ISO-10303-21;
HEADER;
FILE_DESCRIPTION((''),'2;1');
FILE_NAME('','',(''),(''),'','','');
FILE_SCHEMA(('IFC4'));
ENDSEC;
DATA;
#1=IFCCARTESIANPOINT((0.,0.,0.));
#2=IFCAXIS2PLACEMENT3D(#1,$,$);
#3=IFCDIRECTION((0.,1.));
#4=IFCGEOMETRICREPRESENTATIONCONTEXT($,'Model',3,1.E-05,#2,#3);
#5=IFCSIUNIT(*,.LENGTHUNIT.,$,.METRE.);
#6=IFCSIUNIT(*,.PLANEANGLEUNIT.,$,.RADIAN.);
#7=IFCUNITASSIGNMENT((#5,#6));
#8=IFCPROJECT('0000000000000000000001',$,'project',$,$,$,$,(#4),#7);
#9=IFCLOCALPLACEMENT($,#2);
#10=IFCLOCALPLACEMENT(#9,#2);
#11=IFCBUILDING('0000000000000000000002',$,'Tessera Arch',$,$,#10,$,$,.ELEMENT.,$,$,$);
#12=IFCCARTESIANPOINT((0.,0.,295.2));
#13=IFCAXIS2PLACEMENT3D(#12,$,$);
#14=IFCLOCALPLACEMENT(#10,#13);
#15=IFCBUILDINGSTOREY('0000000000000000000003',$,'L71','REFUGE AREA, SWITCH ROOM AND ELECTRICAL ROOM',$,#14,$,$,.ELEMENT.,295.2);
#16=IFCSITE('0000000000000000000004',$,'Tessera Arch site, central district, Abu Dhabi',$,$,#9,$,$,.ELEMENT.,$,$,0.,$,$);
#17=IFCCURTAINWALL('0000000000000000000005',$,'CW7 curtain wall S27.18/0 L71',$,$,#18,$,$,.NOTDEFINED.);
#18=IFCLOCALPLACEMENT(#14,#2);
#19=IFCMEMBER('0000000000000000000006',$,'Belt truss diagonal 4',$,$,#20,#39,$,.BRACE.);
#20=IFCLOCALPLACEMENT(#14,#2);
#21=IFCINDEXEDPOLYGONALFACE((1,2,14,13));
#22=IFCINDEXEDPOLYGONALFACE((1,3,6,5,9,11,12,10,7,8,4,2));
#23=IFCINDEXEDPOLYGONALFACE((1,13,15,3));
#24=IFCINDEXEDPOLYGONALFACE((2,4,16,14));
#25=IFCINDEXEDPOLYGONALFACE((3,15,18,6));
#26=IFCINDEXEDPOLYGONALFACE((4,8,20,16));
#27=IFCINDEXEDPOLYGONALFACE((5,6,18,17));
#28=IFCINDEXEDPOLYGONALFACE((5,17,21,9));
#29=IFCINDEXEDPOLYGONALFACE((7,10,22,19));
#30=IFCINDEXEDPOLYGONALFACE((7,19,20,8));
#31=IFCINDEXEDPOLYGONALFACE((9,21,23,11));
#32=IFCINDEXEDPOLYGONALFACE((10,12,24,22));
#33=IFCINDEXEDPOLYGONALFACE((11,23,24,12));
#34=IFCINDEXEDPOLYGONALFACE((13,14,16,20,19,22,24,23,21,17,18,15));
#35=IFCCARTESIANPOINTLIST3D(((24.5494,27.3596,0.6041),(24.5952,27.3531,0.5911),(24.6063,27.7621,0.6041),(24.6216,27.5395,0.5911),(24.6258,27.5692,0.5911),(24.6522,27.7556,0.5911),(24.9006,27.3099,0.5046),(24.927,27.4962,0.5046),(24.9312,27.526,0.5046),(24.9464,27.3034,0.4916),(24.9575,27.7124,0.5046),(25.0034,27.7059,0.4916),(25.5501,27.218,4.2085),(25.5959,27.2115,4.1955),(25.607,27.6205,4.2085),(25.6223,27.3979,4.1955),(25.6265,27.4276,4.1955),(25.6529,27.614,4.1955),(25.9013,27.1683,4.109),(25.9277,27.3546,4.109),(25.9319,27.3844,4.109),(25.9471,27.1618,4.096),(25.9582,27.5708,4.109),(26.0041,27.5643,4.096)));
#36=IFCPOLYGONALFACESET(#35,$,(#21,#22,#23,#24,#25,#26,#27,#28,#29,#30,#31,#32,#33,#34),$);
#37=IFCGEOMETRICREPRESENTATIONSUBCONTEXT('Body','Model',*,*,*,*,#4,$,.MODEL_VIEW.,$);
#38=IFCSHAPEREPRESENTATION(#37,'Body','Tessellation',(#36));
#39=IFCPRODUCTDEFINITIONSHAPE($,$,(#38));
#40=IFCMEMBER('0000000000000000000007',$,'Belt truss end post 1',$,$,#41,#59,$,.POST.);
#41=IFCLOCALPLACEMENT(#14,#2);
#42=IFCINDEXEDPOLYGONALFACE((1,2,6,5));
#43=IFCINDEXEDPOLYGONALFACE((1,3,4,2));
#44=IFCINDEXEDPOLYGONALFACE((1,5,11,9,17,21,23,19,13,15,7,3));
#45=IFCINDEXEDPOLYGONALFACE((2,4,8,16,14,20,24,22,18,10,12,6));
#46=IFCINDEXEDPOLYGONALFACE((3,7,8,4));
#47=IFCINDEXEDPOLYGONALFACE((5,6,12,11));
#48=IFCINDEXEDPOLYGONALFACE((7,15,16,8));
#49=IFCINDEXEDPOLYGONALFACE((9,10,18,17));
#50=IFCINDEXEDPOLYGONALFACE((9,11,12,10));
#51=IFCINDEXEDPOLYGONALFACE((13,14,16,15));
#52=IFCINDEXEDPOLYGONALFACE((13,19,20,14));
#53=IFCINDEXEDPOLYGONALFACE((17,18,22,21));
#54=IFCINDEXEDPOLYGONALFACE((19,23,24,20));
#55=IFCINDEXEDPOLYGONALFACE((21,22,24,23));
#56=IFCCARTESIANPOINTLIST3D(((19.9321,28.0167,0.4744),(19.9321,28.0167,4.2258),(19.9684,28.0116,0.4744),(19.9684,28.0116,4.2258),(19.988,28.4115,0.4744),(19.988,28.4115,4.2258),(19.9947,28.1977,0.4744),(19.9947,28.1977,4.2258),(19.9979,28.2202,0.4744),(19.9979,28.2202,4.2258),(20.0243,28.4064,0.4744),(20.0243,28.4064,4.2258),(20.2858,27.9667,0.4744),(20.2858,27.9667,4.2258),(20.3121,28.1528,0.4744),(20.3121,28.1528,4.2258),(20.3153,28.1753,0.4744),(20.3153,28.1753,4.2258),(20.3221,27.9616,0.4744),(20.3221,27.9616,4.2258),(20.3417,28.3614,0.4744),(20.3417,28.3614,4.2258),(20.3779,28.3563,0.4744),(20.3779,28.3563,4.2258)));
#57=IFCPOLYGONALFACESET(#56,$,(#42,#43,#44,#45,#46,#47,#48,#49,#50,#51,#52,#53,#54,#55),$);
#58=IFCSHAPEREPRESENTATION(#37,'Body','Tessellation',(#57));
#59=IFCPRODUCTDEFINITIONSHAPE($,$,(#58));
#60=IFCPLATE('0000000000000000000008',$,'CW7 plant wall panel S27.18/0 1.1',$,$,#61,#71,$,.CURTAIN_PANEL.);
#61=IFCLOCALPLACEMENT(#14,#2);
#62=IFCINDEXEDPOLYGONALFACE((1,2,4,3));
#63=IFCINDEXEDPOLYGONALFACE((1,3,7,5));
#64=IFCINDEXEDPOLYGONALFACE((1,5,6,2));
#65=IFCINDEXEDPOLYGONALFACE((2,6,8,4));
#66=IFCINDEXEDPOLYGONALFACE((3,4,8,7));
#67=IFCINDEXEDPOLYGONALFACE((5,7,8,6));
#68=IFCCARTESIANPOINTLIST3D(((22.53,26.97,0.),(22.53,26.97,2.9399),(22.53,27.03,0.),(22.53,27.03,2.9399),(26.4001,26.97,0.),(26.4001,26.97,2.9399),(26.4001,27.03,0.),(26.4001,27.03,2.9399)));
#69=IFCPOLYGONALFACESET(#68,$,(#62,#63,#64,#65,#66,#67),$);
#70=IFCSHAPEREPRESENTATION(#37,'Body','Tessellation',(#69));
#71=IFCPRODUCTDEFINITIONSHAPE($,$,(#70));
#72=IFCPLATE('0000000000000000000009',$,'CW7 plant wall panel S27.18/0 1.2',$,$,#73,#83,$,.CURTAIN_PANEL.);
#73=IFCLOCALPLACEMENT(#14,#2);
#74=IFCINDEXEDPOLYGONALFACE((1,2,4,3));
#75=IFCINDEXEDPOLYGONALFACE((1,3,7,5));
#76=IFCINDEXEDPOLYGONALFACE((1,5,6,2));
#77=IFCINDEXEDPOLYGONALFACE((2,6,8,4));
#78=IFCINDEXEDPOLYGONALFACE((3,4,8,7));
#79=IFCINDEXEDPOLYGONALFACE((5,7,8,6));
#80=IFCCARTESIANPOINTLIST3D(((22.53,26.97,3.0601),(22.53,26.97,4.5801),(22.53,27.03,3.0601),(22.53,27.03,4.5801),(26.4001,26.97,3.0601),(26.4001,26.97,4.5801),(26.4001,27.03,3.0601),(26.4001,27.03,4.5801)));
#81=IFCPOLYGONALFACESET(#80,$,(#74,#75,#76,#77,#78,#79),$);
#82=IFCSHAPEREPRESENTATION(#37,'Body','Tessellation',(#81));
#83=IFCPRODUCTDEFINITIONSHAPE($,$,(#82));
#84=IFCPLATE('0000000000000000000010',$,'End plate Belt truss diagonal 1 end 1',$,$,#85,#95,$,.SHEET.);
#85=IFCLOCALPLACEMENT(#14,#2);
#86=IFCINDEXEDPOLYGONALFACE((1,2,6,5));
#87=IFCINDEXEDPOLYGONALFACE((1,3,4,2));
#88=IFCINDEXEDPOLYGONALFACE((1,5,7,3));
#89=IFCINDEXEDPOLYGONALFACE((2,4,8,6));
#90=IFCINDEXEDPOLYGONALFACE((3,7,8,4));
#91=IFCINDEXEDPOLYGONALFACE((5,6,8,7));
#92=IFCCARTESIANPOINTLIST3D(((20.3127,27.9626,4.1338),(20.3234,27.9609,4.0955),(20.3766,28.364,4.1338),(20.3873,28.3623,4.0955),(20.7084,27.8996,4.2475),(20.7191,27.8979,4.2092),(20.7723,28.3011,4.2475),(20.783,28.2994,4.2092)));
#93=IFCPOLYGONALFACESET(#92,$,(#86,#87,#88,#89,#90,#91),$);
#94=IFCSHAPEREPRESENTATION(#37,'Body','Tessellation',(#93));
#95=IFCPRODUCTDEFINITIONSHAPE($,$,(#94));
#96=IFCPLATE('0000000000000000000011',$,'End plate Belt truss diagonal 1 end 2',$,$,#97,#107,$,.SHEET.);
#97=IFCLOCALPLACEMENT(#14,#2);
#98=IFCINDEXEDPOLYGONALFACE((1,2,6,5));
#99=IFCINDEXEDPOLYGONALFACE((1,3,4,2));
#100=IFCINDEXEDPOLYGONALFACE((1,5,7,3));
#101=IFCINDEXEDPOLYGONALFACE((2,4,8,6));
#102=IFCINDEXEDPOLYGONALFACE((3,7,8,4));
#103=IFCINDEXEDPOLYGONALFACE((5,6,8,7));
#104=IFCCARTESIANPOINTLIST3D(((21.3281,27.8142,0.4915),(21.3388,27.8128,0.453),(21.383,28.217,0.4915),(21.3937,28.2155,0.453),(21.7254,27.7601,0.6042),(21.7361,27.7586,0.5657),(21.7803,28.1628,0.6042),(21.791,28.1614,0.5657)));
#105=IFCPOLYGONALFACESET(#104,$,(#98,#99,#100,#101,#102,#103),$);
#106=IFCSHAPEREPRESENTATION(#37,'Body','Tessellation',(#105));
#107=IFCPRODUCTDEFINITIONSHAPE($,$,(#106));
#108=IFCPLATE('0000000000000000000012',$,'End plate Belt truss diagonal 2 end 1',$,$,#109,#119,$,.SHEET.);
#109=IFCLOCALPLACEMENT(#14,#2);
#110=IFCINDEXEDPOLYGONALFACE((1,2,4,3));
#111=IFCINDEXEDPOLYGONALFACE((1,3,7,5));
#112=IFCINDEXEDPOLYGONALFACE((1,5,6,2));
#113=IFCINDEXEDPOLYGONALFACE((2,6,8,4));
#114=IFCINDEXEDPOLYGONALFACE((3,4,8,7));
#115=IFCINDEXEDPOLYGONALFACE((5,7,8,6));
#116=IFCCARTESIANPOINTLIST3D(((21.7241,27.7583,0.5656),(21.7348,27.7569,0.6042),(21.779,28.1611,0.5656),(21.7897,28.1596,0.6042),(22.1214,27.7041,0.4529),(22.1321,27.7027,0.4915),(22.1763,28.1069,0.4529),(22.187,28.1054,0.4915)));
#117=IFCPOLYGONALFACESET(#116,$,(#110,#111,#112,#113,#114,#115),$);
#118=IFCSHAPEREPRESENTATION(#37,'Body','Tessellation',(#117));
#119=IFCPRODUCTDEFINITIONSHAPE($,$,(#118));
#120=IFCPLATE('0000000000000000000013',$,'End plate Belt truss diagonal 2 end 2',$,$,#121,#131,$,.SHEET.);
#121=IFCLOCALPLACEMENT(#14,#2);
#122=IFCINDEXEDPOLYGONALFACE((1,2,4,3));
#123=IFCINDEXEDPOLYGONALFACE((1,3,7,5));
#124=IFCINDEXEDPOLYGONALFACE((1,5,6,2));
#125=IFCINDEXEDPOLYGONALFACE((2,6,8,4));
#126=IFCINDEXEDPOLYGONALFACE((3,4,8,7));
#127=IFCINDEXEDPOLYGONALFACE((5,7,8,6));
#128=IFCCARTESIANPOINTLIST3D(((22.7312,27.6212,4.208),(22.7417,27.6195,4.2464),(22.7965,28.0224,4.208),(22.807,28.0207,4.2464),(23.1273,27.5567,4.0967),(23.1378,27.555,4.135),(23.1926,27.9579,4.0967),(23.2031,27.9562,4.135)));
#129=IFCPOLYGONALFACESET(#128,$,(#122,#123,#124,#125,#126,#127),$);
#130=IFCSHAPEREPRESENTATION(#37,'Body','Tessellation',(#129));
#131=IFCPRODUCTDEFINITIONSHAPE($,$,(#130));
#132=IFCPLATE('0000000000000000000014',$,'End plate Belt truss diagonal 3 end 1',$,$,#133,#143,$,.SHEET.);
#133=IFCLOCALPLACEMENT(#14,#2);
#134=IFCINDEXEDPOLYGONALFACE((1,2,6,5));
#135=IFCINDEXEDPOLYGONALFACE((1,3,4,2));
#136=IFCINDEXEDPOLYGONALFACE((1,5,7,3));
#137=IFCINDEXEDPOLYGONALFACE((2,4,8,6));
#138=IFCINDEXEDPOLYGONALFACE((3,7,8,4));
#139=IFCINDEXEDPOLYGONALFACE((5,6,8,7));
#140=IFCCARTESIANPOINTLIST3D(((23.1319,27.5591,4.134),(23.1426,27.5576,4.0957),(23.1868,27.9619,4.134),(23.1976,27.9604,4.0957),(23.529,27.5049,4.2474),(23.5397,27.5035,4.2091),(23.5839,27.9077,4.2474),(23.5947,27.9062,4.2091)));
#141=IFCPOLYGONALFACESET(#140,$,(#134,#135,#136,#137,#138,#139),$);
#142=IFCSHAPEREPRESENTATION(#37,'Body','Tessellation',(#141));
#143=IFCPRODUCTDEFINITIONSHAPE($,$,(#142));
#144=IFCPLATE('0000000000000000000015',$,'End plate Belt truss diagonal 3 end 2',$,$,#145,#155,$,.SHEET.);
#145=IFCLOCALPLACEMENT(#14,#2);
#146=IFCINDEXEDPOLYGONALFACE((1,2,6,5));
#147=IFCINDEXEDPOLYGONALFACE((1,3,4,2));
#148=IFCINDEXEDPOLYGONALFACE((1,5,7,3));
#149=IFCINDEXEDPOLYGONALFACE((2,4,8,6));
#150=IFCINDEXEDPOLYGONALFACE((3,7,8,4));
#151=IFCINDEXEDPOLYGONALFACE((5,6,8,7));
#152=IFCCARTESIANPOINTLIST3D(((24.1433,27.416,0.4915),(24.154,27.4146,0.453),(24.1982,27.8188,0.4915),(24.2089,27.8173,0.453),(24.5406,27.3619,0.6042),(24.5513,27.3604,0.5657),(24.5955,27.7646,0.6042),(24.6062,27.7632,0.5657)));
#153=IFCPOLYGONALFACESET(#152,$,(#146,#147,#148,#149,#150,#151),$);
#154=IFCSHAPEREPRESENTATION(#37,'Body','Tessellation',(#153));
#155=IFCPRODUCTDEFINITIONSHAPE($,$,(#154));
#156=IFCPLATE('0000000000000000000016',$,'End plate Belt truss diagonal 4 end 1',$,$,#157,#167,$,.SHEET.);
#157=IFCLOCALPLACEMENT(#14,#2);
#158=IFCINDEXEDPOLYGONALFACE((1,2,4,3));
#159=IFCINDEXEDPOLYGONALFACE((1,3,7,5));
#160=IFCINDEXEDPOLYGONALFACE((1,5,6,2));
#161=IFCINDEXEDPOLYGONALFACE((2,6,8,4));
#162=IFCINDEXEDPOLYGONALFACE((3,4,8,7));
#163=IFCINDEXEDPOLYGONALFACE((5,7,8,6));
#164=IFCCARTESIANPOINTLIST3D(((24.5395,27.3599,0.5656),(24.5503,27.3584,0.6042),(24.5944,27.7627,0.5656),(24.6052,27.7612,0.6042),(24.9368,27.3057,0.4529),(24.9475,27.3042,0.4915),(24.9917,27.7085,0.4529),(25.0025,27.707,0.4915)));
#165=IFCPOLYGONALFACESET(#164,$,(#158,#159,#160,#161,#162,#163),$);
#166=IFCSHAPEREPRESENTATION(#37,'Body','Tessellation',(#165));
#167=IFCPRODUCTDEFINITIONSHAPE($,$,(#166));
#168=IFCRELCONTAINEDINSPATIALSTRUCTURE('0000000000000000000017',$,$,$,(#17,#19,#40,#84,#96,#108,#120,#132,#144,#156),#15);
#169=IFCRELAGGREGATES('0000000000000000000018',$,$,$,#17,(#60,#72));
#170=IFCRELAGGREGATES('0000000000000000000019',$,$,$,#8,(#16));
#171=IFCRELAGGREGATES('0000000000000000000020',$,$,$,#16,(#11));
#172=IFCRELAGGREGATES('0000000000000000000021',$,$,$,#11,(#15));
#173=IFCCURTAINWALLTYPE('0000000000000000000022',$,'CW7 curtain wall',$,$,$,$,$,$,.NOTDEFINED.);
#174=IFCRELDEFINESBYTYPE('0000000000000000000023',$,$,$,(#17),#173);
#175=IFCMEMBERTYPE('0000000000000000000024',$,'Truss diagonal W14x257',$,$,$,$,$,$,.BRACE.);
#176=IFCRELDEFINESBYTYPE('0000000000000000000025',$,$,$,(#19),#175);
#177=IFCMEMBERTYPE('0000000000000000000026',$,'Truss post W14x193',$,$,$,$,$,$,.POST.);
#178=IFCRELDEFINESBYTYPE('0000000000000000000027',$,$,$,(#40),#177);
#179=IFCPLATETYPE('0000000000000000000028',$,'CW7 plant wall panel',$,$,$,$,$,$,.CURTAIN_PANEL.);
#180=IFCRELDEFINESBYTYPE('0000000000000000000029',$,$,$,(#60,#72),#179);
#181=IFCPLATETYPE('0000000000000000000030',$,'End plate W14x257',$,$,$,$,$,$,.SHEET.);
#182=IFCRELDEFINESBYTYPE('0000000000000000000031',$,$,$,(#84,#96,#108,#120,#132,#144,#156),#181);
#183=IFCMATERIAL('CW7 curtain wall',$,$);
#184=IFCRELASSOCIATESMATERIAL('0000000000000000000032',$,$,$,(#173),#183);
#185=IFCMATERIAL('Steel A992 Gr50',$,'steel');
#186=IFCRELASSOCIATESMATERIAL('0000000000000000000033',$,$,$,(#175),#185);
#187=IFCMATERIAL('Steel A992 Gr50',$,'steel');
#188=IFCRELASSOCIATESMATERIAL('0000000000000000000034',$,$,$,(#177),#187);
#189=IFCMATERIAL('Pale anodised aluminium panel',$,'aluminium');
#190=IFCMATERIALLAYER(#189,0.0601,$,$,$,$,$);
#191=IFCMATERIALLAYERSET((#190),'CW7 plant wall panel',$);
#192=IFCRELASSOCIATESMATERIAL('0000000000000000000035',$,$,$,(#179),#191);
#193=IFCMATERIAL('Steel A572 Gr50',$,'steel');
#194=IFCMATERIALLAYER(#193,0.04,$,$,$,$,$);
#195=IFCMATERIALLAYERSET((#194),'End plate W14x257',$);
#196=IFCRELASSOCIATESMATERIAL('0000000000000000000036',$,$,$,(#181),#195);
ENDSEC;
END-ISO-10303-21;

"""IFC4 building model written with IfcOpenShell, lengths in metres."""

from ifc_helpers import new_model, si_unit, direction, frame, origin, origin_2d, place, context, subcontext, project, spatial, rectangle, i_section, extrude, material, layer, layer_set, material_profile, profile_set, type_object, element, aggregate, save


model = new_model("IFC4")

# Units and contexts
model_context = context("Model", 3, precision=1e-05, world=origin(), true_north=direction((0.0, 1.0)))
body_context = subcontext(model_context, "Body", "Model", "MODEL_VIEW")
ifc_project = project(units=[si_unit("LENGTHUNIT", "METRE"), si_unit("PLANEANGLEUNIT", "RADIAN")], contexts=[model_context])

# Site, building, storey
site_placement = place(None, origin())
site = spatial("IfcSite", under=ifc_project, at=site_placement, Name="Tessera Arch site, central district, Abu Dhabi", CompositionType="ELEMENT", RefElevation=0.0)
building_placement = place(site_placement, origin())
building = spatial("IfcBuilding", under=site, at=building_placement, Name="Tessera Arch", CompositionType="ELEMENT")
storey_placement = place(building_placement, frame((0.0, 0.0, 295.2)))
storey = spatial("IfcBuildingStorey", under=building, at=storey_placement, Name="L71", Description="REFUGE AREA, SWITCH ROOM AND ELECTRICAL ROOM", CompositionType="ELEMENT", Elevation=295.2)

# Curtain wall
ifc_material_1 = material(Name="CW7 curtain wall")
curtain_wall_type = type_object("IfcCurtainWallType", Name="CW7 curtain wall", PredefinedType="NOTDEFINED", material=ifc_material_1)
curtain_wall_placement = place(storey_placement, origin())
curtain_wall = element("IfcCurtainWall", 1, at=curtain_wall_placement, inside=storey, type_object=curtain_wall_type, Name="CW7 curtain wall S27.18/0 L71", PredefinedType="NOTDEFINED")

# Members
ifc_material_2 = material(Name="Steel A992 Gr50", Category="steel")
ifc_material_profile_1 = material_profile(ifc_material_2, i_section(OverallWidth=0.4065, OverallDepth=0.4165, WebThickness=0.03, FlangeThickness=0.0481, at=origin_2d()), Name="W14x257")
ifc_profile_set_1 = profile_set([ifc_material_profile_1], Name="Steel A992 Gr50")
member_type_1 = type_object("IfcMemberType", Name="Truss diagonal W14x257", PredefinedType="BRACE", material=ifc_profile_set_1)
for number, where, z_axis, x_axis, name in (
    (2, (24.7764, 27.5327, 0.5479), (0.267325, -0.037826, 0.962864), (0.140102, 0.990137, 0.0), "Belt truss diagonal 4"),
):
    element("IfcMember", number, at=place(storey_placement, frame(where, z_axis=z_axis, x_axis=x_axis)), inside=storey, type_object=member_type_1, Name=name, PredefinedType="BRACE", context=body_context, shape_type="SweptSolid", body=[
        extrude(i_section(OverallWidth=0.4065, OverallDepth=0.4165, WebThickness=0.03, FlangeThickness=0.0481, at=origin_2d()), origin(), (0.0, 0.0, 1.0), 3.7434),
    ])
ifc_material_3 = material(Name="Steel A992 Gr50", Category="steel")
ifc_material_profile_2 = material_profile(ifc_material_3, i_section(OverallWidth=0.3987, OverallDepth=0.3938, WebThickness=0.0227, FlangeThickness=0.0366, at=origin_2d()), Name="W14x193")
ifc_profile_set_2 = profile_set([ifc_material_profile_2], Name="Steel A992 Gr50")
member_type_2 = type_object("IfcMemberType", Name="Truss post W14x193", PredefinedType="POST", material=ifc_profile_set_2)
member_1_placement = place(storey_placement, frame((20.155, 28.1865, 0.4744), z_axis=(0.0, 0.0, 1.0), x_axis=(0.140089, 0.990139, 0.0)))
element("IfcMember", 3, at=member_1_placement, inside=storey, type_object=member_type_2, Name="Belt truss end post 1", PredefinedType="POST", context=body_context, shape_type="SweptSolid", body=[
    extrude(i_section(OverallWidth=0.3987, OverallDepth=0.3938, WebThickness=0.0227, FlangeThickness=0.0366, at=origin_2d()), origin(), (0.0, 0.0, 1.0), 3.7515),
])

# Plates
ifc_material_4 = material(Name="Pale anodised aluminium panel", Category="aluminium")
ifc_layer_1 = layer(ifc_material_4, 0.0601)
ifc_layer_set_1 = layer_set([ifc_layer_1], Name="CW7 plant wall panel")
plate_type_1 = type_object("IfcPlateType", Name="CW7 plant wall panel", PredefinedType="CURTAIN_PANEL", material=ifc_layer_set_1)
plate_1_placement = place(storey_placement, frame((24.4651, 27.0, 0.0), z_axis=(0.0, 0.0, 1.0), x_axis=(1.0, 0.0, 0.0)))
plate_1 = element("IfcPlate", 4, at=plate_1_placement, type_object=plate_type_1, Name="CW7 plant wall panel S27.18/0 1.1", PredefinedType="CURTAIN_PANEL", context=body_context, shape_type="SweptSolid", body=[
    extrude(rectangle(XDim=3.8701, YDim=0.0601, at=origin_2d()), origin(), (0.0, 0.0, 1.0), 2.9399),
])
plate_2_placement = place(storey_placement, frame((24.4651, 27.0, 3.0601), z_axis=(0.0, 0.0, 1.0), x_axis=(1.0, 0.0, 0.0)))
plate_2 = element("IfcPlate", 5, at=plate_2_placement, type_object=plate_type_1, Name="CW7 plant wall panel S27.18/0 1.2", PredefinedType="CURTAIN_PANEL", context=body_context, shape_type="SweptSolid", body=[
    extrude(rectangle(XDim=3.8701, YDim=0.0601, at=origin_2d()), origin(), (0.0, 0.0, 1.0), 1.52),
])
aggregate(curtain_wall, [plate_1, plate_2])

# Plates
ifc_material_5 = material(Name="Steel A572 Gr50", Category="steel")
ifc_layer_2 = layer(ifc_material_5, 0.04)
ifc_layer_set_2 = layer_set([ifc_layer_2], Name="End plate W14x257")
plate_type_2 = type_object("IfcPlateType", Name="End plate W14x257", PredefinedType="SHEET", material=ifc_layer_set_2)
plate_3_placement = place(storey_placement, frame((20.5425, 28.1318, 4.1907), z_axis=(0.269609, -0.042892, -0.962014), x_axis=(0.157115, 0.98758, 0.0)))
element("IfcPlate", 6, at=plate_3_placement, inside=storey, type_object=plate_type_2, Name="End plate Belt truss diagonal 1 end 1", PredefinedType="SHEET", context=body_context, shape_type="SweptSolid", body=[
    extrude(rectangle(XDim=0.4065, YDim=0.4165, at=origin_2d()), origin(), (0.0, 0.0, 1.0), 0.0398),
])
for number, where, z_axis, x_axis, name in (
    (7, (21.5542, 27.9885, 0.5479), (0.268093, -0.036558, -0.962699), (0.135113, 0.99083, 0.0), "End plate Belt truss diagonal 1 end 2"),
    (8, (21.9502, 27.9326, 0.5093), (0.268093, -0.036558, 0.962699), (0.135113, 0.99083, 0.0), "End plate Belt truss diagonal 2 end 1"),
):
    element("IfcPlate", number, at=place(storey_placement, frame(where, z_axis=z_axis, x_axis=x_axis)), inside=storey, type_object=plate_type_2, Name=name, PredefinedType="SHEET", context=body_context, shape_type="SweptSolid", body=[
        extrude(rectangle(XDim=0.4065, YDim=0.4165, at=origin_2d()), origin(), (0.0, 0.0, 1.0), 0.04),
    ])
for number, where, z_axis, x_axis, name in (
    (9, (22.9619, 27.7896, 4.1523), (0.263913, -0.042963, 0.963589), (0.160676, 0.987007, 0.0), "End plate Belt truss diagonal 2 end 2"),
    (10, (23.3579, 27.7334, 4.1907), (0.269675, -0.036774, -0.962249), (0.135113, 0.99083, 0.0), "End plate Belt truss diagonal 3 end 1"),
):
    element("IfcPlate", number, at=place(storey_placement, frame(where, z_axis=z_axis, x_axis=x_axis)), inside=storey, type_object=plate_type_2, Name=name, PredefinedType="SHEET", context=body_context, shape_type="SweptSolid", body=[
        extrude(rectangle(XDim=0.4065, YDim=0.4165, at=origin_2d()), origin(), (0.0, 0.0, 1.0), 0.0398),
    ])
for number, where, z_axis, x_axis, name in (
    (11, (24.3694, 27.5903, 0.5479), (0.268093, -0.036558, -0.962699), (0.135113, 0.99083, 0.0), "End plate Belt truss diagonal 3 end 2"),
    (12, (24.7656, 27.5342, 0.5093), (0.268093, -0.036558, 0.962699), (0.135113, 0.99083, 0.0), "End plate Belt truss diagonal 4 end 1"),
):
    element("IfcPlate", number, at=place(storey_placement, frame(where, z_axis=z_axis, x_axis=x_axis)), inside=storey, type_object=plate_type_2, Name=name, PredefinedType="SHEET", context=body_context, shape_type="SweptSolid", body=[
        extrude(rectangle(XDim=0.4065, YDim=0.4165, at=origin_2d()), origin(), (0.0, 0.0, 1.0), 0.04),
    ])

save(model, "model.ifc")
